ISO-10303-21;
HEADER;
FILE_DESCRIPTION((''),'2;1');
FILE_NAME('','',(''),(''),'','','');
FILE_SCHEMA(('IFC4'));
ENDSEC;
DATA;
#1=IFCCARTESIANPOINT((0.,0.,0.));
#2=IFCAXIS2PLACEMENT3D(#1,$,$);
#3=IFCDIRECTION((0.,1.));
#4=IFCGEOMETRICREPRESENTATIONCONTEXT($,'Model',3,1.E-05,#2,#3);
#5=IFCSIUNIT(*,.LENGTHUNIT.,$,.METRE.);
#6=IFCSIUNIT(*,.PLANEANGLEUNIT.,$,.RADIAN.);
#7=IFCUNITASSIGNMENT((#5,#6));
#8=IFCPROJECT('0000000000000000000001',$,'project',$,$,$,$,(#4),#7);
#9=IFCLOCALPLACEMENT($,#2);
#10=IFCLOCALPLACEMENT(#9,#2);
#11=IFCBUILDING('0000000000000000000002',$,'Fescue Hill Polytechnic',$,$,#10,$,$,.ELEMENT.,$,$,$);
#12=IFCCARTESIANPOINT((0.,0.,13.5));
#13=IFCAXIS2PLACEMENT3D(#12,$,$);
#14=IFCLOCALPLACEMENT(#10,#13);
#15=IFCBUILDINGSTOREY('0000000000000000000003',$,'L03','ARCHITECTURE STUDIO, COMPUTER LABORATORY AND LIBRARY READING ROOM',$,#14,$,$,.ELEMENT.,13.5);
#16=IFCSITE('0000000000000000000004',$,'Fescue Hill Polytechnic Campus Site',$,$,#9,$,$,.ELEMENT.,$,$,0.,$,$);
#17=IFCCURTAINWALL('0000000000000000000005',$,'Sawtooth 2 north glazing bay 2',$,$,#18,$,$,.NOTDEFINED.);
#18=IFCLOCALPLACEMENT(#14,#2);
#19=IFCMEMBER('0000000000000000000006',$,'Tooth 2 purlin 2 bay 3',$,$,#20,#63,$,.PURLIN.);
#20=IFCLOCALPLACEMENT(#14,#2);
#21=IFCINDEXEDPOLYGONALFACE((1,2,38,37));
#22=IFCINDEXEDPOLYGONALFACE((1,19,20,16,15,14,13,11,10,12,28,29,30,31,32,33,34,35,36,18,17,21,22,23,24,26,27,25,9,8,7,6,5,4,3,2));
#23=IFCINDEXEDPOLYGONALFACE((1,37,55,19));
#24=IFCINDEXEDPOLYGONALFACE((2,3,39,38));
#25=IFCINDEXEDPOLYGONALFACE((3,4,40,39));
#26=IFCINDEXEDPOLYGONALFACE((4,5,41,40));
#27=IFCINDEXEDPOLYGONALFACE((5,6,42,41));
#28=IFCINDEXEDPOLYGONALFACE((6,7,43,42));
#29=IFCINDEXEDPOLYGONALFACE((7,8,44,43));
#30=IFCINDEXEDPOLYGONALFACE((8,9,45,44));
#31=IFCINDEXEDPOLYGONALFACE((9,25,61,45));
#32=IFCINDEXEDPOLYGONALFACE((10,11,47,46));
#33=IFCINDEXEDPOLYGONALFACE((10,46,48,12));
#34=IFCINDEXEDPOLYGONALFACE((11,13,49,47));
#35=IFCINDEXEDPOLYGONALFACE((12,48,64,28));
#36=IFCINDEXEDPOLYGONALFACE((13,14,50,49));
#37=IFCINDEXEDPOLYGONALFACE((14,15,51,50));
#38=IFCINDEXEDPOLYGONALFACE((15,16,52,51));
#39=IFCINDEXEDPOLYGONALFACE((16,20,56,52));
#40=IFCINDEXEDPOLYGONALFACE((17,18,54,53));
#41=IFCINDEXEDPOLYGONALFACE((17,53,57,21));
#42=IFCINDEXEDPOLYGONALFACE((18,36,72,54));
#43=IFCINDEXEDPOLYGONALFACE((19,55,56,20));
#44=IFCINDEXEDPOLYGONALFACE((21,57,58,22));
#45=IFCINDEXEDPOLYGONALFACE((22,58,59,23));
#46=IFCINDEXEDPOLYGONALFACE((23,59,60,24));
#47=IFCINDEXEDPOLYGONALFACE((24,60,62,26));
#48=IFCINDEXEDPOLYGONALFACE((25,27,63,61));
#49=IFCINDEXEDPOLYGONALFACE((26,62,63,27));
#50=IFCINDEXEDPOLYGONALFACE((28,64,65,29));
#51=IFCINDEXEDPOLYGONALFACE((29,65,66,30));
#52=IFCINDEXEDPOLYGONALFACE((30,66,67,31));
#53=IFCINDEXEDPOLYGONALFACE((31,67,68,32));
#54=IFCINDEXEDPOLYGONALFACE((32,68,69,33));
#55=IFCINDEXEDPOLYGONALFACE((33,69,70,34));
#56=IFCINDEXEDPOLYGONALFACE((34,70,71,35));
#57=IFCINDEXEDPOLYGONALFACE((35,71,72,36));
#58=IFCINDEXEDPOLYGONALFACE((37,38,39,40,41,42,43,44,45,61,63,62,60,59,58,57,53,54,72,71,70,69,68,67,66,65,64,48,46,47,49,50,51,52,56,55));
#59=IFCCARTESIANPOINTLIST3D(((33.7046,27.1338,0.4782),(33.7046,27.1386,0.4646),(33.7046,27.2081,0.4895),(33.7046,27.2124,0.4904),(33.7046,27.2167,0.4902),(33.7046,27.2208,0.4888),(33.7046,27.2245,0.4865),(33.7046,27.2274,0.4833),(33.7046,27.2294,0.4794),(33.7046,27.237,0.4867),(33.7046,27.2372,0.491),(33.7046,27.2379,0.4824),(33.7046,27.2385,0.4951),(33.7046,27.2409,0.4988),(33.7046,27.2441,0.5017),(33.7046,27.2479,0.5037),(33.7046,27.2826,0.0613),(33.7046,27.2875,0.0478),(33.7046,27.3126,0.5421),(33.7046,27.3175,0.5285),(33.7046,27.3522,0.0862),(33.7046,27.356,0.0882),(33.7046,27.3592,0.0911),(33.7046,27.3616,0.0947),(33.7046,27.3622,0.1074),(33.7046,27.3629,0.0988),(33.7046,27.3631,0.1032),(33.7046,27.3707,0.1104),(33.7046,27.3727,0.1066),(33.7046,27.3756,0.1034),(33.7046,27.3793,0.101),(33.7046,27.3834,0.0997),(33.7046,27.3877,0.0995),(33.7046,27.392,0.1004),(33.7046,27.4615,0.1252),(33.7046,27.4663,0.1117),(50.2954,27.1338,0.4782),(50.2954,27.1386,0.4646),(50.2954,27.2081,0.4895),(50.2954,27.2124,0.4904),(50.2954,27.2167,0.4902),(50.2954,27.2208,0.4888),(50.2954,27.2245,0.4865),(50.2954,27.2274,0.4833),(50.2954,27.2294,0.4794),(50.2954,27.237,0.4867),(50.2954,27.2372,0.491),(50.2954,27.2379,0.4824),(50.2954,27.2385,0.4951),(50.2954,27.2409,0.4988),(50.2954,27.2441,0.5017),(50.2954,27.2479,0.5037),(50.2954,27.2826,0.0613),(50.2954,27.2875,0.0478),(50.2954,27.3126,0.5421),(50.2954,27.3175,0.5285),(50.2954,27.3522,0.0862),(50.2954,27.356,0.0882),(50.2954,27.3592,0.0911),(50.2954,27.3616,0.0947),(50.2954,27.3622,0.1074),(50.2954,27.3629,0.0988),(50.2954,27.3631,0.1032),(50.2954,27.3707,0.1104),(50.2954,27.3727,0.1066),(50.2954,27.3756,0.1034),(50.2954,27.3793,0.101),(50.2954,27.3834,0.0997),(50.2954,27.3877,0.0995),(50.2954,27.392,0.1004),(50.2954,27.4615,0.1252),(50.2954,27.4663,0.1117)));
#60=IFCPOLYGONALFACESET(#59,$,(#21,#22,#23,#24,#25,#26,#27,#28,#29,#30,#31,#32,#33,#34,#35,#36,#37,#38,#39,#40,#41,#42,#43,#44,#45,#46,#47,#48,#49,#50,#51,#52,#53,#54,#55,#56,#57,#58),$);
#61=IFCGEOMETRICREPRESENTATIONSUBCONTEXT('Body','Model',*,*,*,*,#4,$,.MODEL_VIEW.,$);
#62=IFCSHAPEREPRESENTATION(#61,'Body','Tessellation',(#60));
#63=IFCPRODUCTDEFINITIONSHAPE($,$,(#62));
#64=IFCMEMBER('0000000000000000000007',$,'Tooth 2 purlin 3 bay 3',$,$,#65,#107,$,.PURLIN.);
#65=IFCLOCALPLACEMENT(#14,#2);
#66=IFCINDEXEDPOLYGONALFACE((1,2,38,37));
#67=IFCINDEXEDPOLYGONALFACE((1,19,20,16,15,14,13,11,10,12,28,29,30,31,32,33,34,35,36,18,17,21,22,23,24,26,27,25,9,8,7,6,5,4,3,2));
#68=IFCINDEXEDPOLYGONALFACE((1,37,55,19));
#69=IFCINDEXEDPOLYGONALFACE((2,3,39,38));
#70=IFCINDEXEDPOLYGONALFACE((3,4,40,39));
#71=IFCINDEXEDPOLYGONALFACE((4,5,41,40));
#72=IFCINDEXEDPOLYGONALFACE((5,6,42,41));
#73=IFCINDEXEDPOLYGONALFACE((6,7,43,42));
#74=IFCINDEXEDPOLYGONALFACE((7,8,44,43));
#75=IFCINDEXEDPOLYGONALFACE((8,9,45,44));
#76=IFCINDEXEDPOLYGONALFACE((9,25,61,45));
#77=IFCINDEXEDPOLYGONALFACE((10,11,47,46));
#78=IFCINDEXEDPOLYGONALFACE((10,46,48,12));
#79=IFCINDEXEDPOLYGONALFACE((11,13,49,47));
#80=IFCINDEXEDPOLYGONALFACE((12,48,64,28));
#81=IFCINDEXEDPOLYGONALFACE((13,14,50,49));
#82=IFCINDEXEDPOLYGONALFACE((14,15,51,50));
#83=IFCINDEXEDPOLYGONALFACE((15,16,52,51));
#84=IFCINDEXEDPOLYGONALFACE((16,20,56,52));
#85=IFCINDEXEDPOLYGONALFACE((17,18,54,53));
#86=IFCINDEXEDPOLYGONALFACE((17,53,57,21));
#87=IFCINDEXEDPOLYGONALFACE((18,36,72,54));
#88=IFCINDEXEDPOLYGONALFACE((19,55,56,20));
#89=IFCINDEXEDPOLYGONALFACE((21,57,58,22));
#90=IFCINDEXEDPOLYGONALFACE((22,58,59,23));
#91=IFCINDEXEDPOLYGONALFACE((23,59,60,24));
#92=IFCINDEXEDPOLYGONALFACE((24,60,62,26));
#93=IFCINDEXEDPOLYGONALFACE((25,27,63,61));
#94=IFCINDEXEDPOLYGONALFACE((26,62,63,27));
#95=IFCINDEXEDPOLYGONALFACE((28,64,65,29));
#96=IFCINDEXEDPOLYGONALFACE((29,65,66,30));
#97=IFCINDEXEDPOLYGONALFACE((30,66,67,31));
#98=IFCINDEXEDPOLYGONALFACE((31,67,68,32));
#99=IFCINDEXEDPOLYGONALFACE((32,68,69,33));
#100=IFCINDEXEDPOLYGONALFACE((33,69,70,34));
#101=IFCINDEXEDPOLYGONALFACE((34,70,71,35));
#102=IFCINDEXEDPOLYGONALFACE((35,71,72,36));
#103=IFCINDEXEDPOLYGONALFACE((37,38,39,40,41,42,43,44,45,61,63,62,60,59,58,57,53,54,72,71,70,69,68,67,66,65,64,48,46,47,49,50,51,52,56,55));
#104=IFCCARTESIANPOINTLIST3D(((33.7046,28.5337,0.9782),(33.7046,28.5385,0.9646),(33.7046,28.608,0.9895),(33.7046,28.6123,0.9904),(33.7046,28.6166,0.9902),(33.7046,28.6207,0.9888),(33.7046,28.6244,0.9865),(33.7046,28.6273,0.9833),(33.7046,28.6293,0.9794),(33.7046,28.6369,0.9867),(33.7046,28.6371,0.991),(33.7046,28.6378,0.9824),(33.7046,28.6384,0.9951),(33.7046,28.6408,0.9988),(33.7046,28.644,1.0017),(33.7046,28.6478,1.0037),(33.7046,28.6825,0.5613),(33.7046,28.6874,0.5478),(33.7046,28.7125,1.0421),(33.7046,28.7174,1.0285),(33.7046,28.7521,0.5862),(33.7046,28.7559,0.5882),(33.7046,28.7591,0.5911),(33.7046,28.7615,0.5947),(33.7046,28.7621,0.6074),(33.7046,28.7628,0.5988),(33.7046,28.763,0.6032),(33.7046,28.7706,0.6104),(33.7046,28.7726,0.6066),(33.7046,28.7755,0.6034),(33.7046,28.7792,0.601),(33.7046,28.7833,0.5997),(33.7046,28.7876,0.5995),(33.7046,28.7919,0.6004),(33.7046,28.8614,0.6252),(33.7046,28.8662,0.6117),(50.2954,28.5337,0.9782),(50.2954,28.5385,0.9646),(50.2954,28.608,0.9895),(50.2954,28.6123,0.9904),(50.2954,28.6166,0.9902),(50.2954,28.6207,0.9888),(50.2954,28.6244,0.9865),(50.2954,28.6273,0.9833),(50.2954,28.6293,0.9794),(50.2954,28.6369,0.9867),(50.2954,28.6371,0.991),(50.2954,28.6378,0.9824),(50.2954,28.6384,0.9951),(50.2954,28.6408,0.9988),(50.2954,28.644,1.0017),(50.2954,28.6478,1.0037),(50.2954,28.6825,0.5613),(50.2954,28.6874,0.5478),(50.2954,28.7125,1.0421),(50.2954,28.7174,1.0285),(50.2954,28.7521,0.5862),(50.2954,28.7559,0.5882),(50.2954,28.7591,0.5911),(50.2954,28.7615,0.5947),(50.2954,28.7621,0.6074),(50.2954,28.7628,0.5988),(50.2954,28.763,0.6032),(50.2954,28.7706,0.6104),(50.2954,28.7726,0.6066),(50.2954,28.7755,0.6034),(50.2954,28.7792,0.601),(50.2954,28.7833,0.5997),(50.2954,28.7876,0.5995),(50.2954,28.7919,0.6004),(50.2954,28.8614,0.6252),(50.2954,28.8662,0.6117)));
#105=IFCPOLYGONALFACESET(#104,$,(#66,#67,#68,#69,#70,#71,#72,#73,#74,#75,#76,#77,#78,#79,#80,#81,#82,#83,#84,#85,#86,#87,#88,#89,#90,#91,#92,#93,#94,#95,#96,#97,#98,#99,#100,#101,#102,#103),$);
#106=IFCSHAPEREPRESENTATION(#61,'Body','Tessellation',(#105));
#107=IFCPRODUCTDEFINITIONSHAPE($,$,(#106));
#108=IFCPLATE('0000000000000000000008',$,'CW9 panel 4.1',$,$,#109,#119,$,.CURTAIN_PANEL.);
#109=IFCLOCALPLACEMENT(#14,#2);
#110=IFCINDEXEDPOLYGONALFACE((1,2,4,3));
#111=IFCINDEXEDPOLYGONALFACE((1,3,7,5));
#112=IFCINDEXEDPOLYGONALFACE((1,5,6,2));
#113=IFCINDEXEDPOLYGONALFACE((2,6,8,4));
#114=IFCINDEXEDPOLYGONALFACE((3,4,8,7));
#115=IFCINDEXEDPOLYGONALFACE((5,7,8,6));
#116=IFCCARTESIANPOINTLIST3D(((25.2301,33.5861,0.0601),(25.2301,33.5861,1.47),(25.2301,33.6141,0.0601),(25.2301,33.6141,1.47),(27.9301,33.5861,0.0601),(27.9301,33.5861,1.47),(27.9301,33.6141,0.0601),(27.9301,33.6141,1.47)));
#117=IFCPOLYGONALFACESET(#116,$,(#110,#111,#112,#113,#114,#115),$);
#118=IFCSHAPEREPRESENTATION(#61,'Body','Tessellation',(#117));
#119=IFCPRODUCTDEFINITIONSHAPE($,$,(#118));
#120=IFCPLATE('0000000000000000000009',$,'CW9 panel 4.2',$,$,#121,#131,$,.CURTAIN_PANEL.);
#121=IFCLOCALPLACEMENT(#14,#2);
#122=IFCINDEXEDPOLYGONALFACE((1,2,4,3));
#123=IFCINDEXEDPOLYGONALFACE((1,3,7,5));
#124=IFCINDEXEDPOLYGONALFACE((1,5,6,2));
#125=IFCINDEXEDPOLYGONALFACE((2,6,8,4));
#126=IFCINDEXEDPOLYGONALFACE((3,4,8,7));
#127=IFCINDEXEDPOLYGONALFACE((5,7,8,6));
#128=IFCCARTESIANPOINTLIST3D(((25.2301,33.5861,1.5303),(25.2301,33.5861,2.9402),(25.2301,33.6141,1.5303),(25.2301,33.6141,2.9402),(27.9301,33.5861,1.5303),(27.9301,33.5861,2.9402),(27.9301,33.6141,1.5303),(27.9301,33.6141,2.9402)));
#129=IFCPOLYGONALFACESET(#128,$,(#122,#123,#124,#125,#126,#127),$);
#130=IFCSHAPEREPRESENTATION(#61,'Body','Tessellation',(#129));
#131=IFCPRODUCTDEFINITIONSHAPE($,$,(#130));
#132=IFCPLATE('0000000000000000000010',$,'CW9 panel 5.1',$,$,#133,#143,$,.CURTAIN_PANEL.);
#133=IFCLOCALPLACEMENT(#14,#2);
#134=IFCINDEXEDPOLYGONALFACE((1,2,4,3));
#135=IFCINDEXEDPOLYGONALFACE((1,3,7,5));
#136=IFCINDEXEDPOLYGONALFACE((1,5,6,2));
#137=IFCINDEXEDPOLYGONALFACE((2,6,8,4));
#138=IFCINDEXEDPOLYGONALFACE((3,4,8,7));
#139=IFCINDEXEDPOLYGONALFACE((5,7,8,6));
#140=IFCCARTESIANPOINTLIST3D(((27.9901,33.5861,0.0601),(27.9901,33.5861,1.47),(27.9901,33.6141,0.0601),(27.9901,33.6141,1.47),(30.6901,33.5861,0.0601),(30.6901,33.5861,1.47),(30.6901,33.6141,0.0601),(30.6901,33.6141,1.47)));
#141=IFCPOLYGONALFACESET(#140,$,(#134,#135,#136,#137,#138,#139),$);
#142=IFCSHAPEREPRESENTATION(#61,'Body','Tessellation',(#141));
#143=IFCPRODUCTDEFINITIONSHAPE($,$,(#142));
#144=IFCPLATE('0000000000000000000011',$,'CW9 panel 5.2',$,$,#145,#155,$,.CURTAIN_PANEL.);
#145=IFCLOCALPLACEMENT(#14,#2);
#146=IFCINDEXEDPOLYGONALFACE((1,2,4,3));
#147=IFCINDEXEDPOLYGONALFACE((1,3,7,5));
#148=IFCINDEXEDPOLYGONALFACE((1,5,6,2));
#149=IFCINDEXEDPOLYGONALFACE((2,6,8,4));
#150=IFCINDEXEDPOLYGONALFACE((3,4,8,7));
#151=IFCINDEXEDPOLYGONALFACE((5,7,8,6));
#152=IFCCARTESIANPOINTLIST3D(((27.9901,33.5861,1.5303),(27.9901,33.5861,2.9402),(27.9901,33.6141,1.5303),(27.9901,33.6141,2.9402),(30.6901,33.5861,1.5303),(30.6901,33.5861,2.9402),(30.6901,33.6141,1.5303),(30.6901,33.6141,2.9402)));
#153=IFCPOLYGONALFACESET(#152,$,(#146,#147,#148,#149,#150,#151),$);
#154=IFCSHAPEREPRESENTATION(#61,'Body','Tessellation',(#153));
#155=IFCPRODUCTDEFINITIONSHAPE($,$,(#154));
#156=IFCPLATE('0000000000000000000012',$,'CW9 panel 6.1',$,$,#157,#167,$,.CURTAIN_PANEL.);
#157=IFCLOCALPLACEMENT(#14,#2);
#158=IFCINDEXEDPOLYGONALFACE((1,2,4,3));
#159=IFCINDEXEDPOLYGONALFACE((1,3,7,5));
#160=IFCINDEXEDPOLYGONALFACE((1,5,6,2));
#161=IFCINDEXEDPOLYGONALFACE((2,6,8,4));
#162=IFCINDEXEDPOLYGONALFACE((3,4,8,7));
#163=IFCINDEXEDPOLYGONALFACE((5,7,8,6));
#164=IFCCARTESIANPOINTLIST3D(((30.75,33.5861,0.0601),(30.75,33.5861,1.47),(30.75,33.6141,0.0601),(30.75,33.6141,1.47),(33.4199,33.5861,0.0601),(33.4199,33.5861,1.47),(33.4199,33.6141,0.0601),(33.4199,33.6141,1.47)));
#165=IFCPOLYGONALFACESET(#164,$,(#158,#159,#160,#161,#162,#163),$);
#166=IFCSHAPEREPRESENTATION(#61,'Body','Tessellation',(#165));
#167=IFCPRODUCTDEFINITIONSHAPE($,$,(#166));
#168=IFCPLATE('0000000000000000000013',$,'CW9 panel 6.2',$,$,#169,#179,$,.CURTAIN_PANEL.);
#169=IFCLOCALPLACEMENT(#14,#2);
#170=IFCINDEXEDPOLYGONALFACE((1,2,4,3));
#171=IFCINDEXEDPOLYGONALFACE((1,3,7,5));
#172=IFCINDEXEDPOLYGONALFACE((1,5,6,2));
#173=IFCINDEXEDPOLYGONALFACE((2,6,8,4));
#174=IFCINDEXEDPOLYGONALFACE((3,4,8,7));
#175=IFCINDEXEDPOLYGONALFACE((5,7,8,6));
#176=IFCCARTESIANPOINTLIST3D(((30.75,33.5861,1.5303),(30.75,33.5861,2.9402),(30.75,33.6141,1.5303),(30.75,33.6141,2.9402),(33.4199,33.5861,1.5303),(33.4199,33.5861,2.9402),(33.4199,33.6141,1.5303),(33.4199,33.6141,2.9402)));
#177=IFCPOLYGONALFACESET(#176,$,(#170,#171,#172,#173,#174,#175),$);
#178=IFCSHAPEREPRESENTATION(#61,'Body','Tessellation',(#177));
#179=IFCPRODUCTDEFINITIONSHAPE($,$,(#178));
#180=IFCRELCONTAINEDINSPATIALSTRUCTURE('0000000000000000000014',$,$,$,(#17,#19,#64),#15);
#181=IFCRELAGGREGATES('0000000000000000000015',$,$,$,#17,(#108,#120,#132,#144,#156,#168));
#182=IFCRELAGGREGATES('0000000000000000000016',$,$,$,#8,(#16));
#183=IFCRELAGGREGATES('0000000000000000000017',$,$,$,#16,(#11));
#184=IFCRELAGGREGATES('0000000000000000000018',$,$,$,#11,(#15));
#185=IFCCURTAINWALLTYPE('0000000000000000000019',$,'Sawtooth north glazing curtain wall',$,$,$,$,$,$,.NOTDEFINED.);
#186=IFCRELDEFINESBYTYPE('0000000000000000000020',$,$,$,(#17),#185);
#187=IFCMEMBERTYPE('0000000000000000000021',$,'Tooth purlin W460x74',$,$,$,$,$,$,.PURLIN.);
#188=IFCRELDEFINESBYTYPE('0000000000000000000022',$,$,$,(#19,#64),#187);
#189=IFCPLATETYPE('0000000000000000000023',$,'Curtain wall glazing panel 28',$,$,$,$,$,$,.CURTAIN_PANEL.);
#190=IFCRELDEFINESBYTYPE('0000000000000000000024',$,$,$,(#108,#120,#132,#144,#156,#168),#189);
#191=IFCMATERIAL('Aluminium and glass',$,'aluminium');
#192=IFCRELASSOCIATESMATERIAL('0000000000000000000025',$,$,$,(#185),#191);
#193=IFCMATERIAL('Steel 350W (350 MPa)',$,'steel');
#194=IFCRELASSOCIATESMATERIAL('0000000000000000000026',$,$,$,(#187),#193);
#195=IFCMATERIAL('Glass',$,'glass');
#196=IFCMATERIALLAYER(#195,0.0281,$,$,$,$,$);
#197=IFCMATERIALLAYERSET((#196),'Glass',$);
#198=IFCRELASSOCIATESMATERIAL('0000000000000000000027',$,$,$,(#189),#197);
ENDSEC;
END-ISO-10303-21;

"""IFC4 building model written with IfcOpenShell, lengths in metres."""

from ifc_helpers import new_model, si_unit, direction, frame, origin, origin_2d, place, context, subcontext, project, spatial, rectangle, i_section, extrude, material, layer, layer_set, material_profile, profile_set, type_object, element, aggregate, save


model = new_model("IFC4")

# Units and contexts
model_context = context("Model", 3, precision=1e-05, world=origin(), true_north=direction((0.0, 1.0)))
body_context = subcontext(model_context, "Body", "Model", "MODEL_VIEW")
ifc_project = project(units=[si_unit("LENGTHUNIT", "METRE"), si_unit("PLANEANGLEUNIT", "RADIAN")], contexts=[model_context])

# Site, building, storey
site_placement = place(None, origin())
site = spatial("IfcSite", under=ifc_project, at=site_placement, Name="Fescue Hill Polytechnic Campus Site", CompositionType="ELEMENT", RefElevation=0.0)
building_placement = place(site_placement, origin())
building = spatial("IfcBuilding", under=site, at=building_placement, Name="Fescue Hill Polytechnic", CompositionType="ELEMENT")
storey_placement = place(building_placement, frame((0.0, 0.0, 13.5)))
storey = spatial("IfcBuildingStorey", under=building, at=storey_placement, Name="L03", Description="ARCHITECTURE STUDIO, COMPUTER LABORATORY AND LIBRARY READING ROOM", CompositionType="ELEMENT", Elevation=13.5)

# Curtain wall
ifc_material_1 = material(Name="Aluminium and glass", Category="aluminium")
curtain_wall_type = type_object("IfcCurtainWallType", Name="Sawtooth north glazing curtain wall", PredefinedType="NOTDEFINED", material=ifc_material_1)
curtain_wall_placement = place(storey_placement, origin())
curtain_wall = element("IfcCurtainWall", 1, at=curtain_wall_placement, inside=storey, type_object=curtain_wall_type, Name="Sawtooth 2 north glazing bay 2", PredefinedType="NOTDEFINED")

# Members
ifc_material_2 = material(Name="Steel 350W (350 MPa)", Category="steel")
ifc_material_profile_1 = material_profile(ifc_material_2, i_section(OverallWidth=0.1899, OverallDepth=0.457, WebThickness=0.009, FlangeThickness=0.0144, FilletRadius=0.0166, at=origin_2d()), Name="W460x74")
ifc_profile_set_1 = profile_set([ifc_material_profile_1], Name="Steel 350W (350 MPa)")
member_type_1 = type_object("IfcMemberType", Name="Tooth purlin W460x74", PredefinedType="PURLIN", material=ifc_profile_set_1)
for number, where, z_axis, x_axis, name in (
    (2, (33.7046, 27.3, 0.2949), (1.0, 0.0, 0.0), (0.0, 0.941742, 0.336336), "Tooth 2 purlin 2 bay 3"),
    (3, (33.7046, 28.7, 0.7949), (1.0, 0.0, 0.0), (0.0, 0.941742, 0.336336), "Tooth 2 purlin 3 bay 3"),
):
    element("IfcMember", number, at=place(storey_placement, frame(where, z_axis=z_axis, x_axis=x_axis)), inside=storey, type_object=member_type_1, Name=name, PredefinedType="PURLIN", context=body_context, shape_type="SweptSolid", body=[
        extrude(i_section(OverallWidth=0.1899, OverallDepth=0.457, WebThickness=0.009, FlangeThickness=0.0144, FilletRadius=0.0166, at=origin_2d()), origin(), (0.0, 0.0, 1.0), 16.5908),
    ])

# Plates
ifc_material_3 = material(Name="Glass", Category="glass")
ifc_layer = layer(ifc_material_3, 0.0281)
ifc_layer_set = layer_set([ifc_layer], Name="Glass")
plate_type = type_object("IfcPlateType", Name="Curtain wall glazing panel 28", PredefinedType="CURTAIN_PANEL", material=ifc_layer_set)
plate_1_placement = place(storey_placement, frame((26.5801, 33.6001, 0.0601), z_axis=(0.0, 0.0, 1.0), x_axis=(1.0, 0.0, 0.0)))
plate_1 = element("IfcPlate", 4, at=plate_1_placement, type_object=plate_type, Name="CW9 panel 4.1", PredefinedType="CURTAIN_PANEL", context=body_context, shape_type="SweptSolid", body=[
    extrude(rectangle(XDim=2.7, YDim=0.0281, at=origin_2d()), origin(), (0.0, 0.0, 1.0), 1.4099),
])
plate_2_placement = place(storey_placement, frame((26.5801, 33.6001, 1.5303), z_axis=(0.0, 0.0, 1.0), x_axis=(1.0, 0.0, 0.0)))
plate_2 = element("IfcPlate", 5, at=plate_2_placement, type_object=plate_type, Name="CW9 panel 4.2", PredefinedType="CURTAIN_PANEL", context=body_context, shape_type="SweptSolid", body=[
    extrude(rectangle(XDim=2.7, YDim=0.0281, at=origin_2d()), origin(), (0.0, 0.0, 1.0), 1.4099),
])
plate_3_placement = place(storey_placement, frame((29.3401, 33.6001, 0.0601), z_axis=(0.0, 0.0, 1.0), x_axis=(1.0, 0.0, 0.0)))
plate_3 = element("IfcPlate", 6, at=plate_3_placement, type_object=plate_type, Name="CW9 panel 5.1", PredefinedType="CURTAIN_PANEL", context=body_context, shape_type="SweptSolid", body=[
    extrude(rectangle(XDim=2.7, YDim=0.0281, at=origin_2d()), origin(), (0.0, 0.0, 1.0), 1.4099),
])
plate_4_placement = place(storey_placement, frame((29.3401, 33.6001, 1.5303), z_axis=(0.0, 0.0, 1.0), x_axis=(1.0, 0.0, 0.0)))
plate_4 = element("IfcPlate", 7, at=plate_4_placement, type_object=plate_type, Name="CW9 panel 5.2", PredefinedType="CURTAIN_PANEL", context=body_context, shape_type="SweptSolid", body=[
    extrude(rectangle(XDim=2.7, YDim=0.0281, at=origin_2d()), origin(), (0.0, 0.0, 1.0), 1.4099),
])
plate_5_placement = place(storey_placement, frame((32.085, 33.6001, 0.0601), z_axis=(0.0, 0.0, 1.0), x_axis=(1.0, 0.0, 0.0)))
plate_5 = element("IfcPlate", 8, at=plate_5_placement, type_object=plate_type, Name="CW9 panel 6.1", PredefinedType="CURTAIN_PANEL", context=body_context, shape_type="SweptSolid", body=[
    extrude(rectangle(XDim=2.6699, YDim=0.0281, at=origin_2d()), origin(), (0.0, 0.0, 1.0), 1.4099),
])
plate_6_placement = place(storey_placement, frame((32.085, 33.6001, 1.5303), z_axis=(0.0, 0.0, 1.0), x_axis=(1.0, 0.0, 0.0)))
plate_6 = element("IfcPlate", 9, at=plate_6_placement, type_object=plate_type, Name="CW9 panel 6.2", PredefinedType="CURTAIN_PANEL", context=body_context, shape_type="SweptSolid", body=[
    extrude(rectangle(XDim=2.6699, YDim=0.0281, at=origin_2d()), origin(), (0.0, 0.0, 1.0), 1.4099),
])
aggregate(curtain_wall, [plate_1, plate_2, plate_3, plate_4, plate_5, plate_6])

save(model, "model.ifc")
